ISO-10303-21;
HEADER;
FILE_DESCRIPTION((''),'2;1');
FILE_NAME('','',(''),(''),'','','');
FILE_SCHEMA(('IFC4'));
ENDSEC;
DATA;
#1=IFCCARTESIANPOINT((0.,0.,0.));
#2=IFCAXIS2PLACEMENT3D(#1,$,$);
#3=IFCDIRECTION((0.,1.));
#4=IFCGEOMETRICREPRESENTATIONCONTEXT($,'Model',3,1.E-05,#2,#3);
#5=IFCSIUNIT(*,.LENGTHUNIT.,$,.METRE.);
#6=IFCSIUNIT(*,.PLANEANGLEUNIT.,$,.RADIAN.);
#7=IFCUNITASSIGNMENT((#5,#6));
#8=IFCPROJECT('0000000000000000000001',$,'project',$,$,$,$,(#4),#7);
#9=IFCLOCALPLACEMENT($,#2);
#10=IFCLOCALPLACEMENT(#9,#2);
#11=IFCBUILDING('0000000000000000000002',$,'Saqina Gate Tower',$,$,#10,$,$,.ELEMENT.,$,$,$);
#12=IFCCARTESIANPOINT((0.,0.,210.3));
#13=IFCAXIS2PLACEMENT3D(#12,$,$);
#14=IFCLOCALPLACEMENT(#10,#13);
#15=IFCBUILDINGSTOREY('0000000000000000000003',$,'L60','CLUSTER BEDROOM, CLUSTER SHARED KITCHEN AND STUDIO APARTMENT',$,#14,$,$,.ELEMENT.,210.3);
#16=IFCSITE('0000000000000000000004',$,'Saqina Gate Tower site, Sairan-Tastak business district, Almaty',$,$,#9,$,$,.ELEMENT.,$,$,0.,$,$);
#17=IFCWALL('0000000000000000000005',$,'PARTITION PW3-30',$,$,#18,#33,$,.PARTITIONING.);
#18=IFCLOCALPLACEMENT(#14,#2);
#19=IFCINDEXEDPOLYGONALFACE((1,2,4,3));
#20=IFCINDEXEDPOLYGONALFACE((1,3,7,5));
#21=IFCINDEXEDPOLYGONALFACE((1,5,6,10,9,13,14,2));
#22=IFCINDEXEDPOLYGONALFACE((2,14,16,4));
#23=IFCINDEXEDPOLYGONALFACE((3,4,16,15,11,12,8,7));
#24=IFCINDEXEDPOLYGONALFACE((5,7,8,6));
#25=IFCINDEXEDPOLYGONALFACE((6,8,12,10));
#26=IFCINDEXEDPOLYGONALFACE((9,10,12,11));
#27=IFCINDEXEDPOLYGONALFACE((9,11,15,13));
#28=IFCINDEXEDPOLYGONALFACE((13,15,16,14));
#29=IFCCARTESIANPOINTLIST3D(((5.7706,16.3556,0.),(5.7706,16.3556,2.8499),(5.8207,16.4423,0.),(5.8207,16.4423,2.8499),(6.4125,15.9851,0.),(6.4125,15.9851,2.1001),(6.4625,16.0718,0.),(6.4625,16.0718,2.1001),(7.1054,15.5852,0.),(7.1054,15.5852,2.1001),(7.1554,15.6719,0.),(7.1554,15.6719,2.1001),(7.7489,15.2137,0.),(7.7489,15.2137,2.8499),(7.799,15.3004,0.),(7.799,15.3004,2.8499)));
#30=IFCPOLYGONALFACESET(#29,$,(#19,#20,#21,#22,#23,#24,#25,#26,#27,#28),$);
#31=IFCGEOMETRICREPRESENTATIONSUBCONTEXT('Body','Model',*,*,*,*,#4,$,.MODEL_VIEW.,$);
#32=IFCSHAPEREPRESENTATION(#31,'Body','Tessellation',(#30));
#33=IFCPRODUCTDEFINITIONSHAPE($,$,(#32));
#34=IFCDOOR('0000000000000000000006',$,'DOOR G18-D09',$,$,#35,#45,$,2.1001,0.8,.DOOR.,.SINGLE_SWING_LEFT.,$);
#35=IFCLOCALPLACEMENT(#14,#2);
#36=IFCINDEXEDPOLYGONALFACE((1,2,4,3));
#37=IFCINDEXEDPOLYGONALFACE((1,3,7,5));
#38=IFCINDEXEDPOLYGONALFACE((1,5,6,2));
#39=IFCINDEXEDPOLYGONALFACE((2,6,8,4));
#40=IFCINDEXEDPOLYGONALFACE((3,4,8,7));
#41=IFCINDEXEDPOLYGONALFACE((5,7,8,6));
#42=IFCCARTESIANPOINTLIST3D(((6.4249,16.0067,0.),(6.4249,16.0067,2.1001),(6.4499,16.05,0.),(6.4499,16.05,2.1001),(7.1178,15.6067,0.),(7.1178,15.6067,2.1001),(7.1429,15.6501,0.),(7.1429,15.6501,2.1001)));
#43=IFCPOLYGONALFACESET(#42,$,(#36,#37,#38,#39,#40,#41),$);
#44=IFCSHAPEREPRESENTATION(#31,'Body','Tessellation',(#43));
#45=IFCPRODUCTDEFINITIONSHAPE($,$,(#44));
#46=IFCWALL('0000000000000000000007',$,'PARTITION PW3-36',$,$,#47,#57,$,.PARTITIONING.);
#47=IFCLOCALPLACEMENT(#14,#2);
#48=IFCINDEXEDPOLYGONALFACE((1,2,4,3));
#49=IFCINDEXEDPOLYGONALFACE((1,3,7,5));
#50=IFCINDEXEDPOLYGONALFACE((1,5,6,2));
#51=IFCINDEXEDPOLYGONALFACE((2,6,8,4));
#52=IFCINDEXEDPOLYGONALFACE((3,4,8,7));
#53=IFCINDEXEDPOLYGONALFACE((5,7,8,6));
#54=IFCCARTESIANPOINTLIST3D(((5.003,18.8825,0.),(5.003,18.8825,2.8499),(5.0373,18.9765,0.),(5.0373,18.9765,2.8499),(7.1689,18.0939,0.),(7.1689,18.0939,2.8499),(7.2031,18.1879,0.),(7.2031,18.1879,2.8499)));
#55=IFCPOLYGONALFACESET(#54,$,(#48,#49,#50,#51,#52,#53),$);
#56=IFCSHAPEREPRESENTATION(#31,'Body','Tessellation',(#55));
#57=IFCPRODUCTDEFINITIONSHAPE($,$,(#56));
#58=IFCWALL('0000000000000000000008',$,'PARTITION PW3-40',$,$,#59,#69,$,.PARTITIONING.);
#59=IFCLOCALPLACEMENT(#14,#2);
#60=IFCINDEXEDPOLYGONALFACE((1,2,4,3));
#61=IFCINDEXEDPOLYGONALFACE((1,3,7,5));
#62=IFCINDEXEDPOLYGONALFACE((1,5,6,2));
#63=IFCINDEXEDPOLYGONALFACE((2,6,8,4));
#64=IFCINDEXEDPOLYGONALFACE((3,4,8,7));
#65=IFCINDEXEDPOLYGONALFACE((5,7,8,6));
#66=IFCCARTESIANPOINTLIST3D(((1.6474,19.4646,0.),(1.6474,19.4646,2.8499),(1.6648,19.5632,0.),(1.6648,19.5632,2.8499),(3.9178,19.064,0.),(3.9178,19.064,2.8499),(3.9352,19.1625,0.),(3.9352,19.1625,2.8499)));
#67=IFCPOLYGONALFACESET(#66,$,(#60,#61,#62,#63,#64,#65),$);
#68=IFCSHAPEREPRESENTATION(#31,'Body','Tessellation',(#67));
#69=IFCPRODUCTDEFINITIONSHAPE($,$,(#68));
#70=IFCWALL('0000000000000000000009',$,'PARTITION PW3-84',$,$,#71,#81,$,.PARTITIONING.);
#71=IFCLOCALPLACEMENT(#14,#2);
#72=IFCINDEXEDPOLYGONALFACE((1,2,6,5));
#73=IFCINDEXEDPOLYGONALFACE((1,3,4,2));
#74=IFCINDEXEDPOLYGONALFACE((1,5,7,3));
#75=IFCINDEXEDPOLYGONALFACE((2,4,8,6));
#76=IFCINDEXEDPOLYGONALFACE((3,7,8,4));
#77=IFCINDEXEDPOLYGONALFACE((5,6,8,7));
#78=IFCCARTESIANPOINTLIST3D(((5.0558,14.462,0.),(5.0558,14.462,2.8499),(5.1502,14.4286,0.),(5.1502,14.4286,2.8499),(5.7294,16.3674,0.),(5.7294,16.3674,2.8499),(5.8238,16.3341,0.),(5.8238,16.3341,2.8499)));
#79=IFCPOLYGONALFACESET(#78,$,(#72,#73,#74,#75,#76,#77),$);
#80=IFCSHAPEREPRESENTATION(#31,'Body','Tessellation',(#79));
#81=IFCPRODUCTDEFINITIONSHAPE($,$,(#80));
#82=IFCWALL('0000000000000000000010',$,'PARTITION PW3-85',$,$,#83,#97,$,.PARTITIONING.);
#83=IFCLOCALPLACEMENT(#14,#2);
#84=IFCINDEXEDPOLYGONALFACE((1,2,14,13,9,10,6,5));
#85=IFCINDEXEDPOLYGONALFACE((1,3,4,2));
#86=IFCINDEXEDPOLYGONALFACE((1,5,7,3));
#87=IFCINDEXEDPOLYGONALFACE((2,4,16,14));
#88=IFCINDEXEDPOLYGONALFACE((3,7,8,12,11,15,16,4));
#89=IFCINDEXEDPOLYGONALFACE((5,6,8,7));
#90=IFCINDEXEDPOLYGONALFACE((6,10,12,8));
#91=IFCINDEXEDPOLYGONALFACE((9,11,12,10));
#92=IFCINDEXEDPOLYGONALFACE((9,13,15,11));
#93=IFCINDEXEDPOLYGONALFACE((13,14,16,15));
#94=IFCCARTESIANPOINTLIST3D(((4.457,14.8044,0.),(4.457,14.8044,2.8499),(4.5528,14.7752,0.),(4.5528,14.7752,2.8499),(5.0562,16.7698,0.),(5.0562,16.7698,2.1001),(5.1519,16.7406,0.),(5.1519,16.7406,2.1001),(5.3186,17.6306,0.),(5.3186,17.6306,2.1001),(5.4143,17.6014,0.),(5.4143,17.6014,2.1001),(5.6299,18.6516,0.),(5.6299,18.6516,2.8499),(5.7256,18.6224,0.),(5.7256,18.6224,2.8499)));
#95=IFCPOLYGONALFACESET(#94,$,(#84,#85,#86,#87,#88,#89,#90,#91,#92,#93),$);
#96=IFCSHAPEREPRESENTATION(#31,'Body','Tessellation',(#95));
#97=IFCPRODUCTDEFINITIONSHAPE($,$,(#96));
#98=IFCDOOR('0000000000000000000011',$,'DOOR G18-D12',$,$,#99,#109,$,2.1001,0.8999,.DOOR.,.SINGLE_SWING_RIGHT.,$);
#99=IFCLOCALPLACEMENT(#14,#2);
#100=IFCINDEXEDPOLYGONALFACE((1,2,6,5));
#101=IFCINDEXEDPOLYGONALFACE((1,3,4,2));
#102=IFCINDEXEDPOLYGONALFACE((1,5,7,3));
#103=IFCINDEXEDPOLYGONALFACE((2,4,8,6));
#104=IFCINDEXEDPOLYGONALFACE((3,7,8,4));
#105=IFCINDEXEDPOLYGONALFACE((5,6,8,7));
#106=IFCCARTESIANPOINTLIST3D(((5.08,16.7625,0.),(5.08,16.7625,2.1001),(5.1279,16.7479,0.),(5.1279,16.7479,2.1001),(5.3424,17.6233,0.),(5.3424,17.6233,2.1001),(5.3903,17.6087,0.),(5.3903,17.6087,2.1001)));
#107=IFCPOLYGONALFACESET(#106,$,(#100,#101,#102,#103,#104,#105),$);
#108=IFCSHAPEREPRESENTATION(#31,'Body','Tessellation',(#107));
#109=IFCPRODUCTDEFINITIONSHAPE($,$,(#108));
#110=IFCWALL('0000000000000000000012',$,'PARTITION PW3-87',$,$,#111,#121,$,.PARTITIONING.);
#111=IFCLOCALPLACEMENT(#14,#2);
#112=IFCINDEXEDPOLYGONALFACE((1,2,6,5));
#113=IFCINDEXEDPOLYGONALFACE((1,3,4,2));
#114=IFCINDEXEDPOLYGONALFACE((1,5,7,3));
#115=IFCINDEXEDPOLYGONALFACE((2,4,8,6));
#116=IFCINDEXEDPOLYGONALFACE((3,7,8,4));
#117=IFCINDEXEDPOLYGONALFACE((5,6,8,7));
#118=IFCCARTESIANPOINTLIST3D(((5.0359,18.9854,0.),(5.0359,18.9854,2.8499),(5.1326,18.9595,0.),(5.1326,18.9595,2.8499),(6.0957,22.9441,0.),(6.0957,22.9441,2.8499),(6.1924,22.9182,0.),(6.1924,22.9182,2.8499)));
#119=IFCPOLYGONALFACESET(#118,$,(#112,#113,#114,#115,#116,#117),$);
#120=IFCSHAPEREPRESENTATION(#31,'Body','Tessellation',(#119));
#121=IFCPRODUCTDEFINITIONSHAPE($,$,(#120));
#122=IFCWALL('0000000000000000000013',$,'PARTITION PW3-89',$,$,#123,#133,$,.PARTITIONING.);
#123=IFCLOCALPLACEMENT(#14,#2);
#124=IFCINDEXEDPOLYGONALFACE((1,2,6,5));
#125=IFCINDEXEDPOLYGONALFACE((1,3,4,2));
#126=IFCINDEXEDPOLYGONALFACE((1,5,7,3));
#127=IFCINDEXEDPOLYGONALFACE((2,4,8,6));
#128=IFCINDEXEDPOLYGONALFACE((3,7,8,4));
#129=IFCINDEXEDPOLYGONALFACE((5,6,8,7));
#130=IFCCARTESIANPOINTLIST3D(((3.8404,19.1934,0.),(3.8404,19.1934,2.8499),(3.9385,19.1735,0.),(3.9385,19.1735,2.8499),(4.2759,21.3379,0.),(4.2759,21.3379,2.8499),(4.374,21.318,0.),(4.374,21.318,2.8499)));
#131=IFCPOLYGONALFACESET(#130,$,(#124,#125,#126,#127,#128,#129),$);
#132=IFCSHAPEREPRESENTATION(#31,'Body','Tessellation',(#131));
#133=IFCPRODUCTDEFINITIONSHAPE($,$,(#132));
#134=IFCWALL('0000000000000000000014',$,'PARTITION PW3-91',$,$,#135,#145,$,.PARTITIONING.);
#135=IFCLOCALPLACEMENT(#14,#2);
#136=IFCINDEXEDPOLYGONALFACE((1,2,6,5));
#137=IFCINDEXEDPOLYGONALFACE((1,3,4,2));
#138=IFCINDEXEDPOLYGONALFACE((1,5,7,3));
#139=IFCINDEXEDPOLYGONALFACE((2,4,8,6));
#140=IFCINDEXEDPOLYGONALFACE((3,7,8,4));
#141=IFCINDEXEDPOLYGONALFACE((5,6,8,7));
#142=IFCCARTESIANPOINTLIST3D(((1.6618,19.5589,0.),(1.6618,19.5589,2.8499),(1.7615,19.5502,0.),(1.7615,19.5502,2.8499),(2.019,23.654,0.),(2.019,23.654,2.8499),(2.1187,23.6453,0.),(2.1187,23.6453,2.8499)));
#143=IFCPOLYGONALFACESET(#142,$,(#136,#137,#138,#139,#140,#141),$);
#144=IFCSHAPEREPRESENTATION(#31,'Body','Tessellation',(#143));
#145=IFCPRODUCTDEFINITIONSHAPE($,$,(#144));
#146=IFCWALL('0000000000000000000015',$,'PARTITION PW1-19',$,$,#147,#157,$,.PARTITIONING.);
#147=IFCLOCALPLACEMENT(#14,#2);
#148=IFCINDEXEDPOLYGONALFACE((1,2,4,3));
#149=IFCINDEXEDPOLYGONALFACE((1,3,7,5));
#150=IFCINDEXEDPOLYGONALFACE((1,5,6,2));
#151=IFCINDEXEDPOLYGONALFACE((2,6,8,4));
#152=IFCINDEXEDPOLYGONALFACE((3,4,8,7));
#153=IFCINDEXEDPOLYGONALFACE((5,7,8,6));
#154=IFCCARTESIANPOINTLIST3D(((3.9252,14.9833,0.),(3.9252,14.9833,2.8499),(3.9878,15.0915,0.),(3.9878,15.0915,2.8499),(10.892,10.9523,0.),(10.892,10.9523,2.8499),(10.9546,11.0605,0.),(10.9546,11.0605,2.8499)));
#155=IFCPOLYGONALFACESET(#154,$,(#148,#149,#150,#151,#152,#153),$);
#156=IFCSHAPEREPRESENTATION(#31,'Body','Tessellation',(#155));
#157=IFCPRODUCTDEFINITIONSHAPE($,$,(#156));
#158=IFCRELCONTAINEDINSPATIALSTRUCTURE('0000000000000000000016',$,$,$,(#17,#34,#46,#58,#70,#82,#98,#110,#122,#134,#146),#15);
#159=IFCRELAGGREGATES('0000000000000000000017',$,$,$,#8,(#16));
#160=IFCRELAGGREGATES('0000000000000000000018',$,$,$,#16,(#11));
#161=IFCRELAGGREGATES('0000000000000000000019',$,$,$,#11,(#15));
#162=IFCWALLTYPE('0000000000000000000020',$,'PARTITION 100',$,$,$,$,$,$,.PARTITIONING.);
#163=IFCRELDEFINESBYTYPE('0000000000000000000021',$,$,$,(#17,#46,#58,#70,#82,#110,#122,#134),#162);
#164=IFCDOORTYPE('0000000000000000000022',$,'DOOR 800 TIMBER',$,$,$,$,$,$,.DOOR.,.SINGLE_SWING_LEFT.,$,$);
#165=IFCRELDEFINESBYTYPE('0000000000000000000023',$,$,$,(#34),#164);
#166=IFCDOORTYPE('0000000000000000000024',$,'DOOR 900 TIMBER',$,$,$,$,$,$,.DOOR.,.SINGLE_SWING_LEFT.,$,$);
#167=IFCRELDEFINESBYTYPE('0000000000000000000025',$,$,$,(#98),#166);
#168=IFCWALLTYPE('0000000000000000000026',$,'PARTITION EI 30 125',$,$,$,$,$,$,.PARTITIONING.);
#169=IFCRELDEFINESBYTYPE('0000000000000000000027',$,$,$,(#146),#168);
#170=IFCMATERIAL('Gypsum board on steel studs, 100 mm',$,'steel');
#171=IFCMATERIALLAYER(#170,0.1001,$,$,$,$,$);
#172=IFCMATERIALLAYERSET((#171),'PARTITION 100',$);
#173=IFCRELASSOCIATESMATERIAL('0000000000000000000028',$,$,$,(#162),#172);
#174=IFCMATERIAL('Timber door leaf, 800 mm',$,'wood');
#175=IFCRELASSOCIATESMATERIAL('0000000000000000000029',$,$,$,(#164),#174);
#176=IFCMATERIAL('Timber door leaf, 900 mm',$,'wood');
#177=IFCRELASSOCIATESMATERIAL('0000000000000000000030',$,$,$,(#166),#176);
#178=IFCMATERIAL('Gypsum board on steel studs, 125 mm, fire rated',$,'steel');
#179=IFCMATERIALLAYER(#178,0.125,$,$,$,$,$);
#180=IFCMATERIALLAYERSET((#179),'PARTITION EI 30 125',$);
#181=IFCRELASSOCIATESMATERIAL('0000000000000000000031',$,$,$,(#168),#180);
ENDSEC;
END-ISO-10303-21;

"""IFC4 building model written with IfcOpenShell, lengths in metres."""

from ifc_helpers import new_model, si_unit, direction, frame, frame_2d, origin, place, context, subcontext, project, spatial, rectangle, extrude, material, layer, layer_set, type_object, element, fill, save


model = new_model("IFC4")

# Units and contexts
model_context = context("Model", 3, precision=1e-05, world=origin(), true_north=direction((0.0, 1.0)))
body_context = subcontext(model_context, "Body", "Model", "MODEL_VIEW")
ifc_project = project(units=[si_unit("LENGTHUNIT", "METRE"), si_unit("PLANEANGLEUNIT", "RADIAN")], contexts=[model_context])

# Site, building, storey
site_placement = place(None, origin())
site = spatial("IfcSite", under=ifc_project, at=site_placement, Name="Saqina Gate Tower site, Sairan-Tastak business district, Almaty", CompositionType="ELEMENT", RefElevation=0.0)
building_placement = place(site_placement, origin())
building = spatial("IfcBuilding", under=site, at=building_placement, Name="Saqina Gate Tower", CompositionType="ELEMENT")
storey_placement = place(building_placement, frame((0.0, 0.0, 210.3)))
storey = spatial("IfcBuildingStorey", under=building, at=storey_placement, Name="L60", Description="CLUSTER BEDROOM, CLUSTER SHARED KITCHEN AND STUDIO APARTMENT", CompositionType="ELEMENT", Elevation=210.3)

# Wall, opening, door
ifc_material_1 = material(Name="Gypsum board on steel studs, 100 mm", Category="steel")
ifc_layer_1 = layer(ifc_material_1, 0.1001)
ifc_layer_set_1 = layer_set([ifc_layer_1], Name="PARTITION 100")
wall_type_1 = type_object("IfcWallType", Name="PARTITION 100", PredefinedType="PARTITIONING", material=ifc_layer_set_1)
wall_1_placement = place(storey_placement, frame((5.7957, 16.3989, 0.0), z_axis=(0.0, 0.0, 1.0), x_axis=(0.866084, -0.499898, 0.0)))
wall_1 = element("IfcWall", 1, at=wall_1_placement, inside=storey, type_object=wall_type_1, Name="PARTITION PW3-30", PredefinedType="PARTITIONING", context=body_context, shape_type="SweptSolid", body=[
    extrude(rectangle(XDim=2.2842, YDim=0.1001, at=frame_2d((1.1421, 0.0))), origin(), (0.0, 0.0, 1.0), 2.8499),
])
opening_1_placement = place(wall_1_placement, frame((0.7412, 0.0, 0.0)))
opening_1 = element("IfcOpeningElement", 2, at=opening_1_placement, cuts=wall_1, PredefinedType="OPENING", context=body_context, shape_type="SweptSolid", body=[
    extrude(rectangle(XDim=0.8, YDim=2.1001, at=frame_2d((0.3999, 1.05))), frame((0.0, 0.062, 0.0), z_axis=(0.0, -1.0, 0.0), x_axis=(1.0, 0.0, 0.0)), (0.0, 0.0, 1.0), 0.124),
])
ifc_material_2 = material(Name="Timber door leaf, 800 mm", Category="wood")
door_type_1 = type_object("IfcDoorType", Name="DOOR 800 TIMBER", OperationType="SINGLE_SWING_LEFT", PredefinedType="DOOR", material=ifc_material_2)
door_1_placement = place(opening_1_placement, origin())
door_1 = element("IfcDoor", 3, at=door_1_placement, inside=storey, type_object=door_type_1, Name="DOOR G18-D09", OperationType="SINGLE_SWING_LEFT", OverallHeight=2.1001, OverallWidth=0.8, PredefinedType="DOOR", context=body_context, shape_type="SweptSolid", body=[
    extrude(rectangle(XDim=0.8, YDim=2.1001, at=frame_2d((0.3999, 1.05))), frame((0.0, 0.0249, 0.0), z_axis=(0.0, -1.0, 0.0), x_axis=(1.0, 0.0, 0.0)), (0.0, 0.0, 1.0), 0.05),
])
fill(opening_1, door_1)

# Walls
wall_2_placement = place(storey_placement, frame((5.0203, 18.9294, 0.0), z_axis=(0.0, 0.0, 1.0), x_axis=(0.939651, -0.342134, 0.0)))
element("IfcWall", 4, at=wall_2_placement, inside=storey, type_object=wall_type_1, Name="PARTITION PW3-36", PredefinedType="PARTITIONING", context=body_context, shape_type="SweptSolid", body=[
    extrude(rectangle(XDim=2.3049, YDim=0.1001, at=frame_2d((1.1523, 0.0))), origin(), (0.0, 0.0, 1.0), 2.8499),
])
wall_3_placement = place(storey_placement, frame((1.656, 19.5139, 0.0), z_axis=(0.0, 0.0, 1.0), x_axis=(0.984784, -0.173785, 0.0)))
element("IfcWall", 5, at=wall_3_placement, inside=storey, type_object=wall_type_1, Name="PARTITION PW3-40", PredefinedType="PARTITIONING", context=body_context, shape_type="SweptSolid", body=[
    extrude(rectangle(XDim=2.3054, YDim=0.1001, at=frame_2d((1.1528, 0.0))), origin(), (0.0, 0.0, 1.0), 2.8499),
])
wall_4_placement = place(storey_placement, frame((5.103, 14.4453, 0.0), z_axis=(0.0, 0.0, 1.0), x_axis=(0.333281, 0.942827, 0.0)))
element("IfcWall", 6, at=wall_4_placement, inside=storey, type_object=wall_type_1, Name="PARTITION PW3-84", PredefinedType="PARTITIONING", context=body_context, shape_type="SweptSolid", body=[
    extrude(rectangle(XDim=2.021, YDim=0.1001, at=frame_2d((1.0105, 0.0))), origin(), (0.0, 0.0, 1.0), 2.8499),
])

# Wall, opening, door
wall_5_placement = place(storey_placement, frame((4.5049, 14.7898, 0.0), z_axis=(0.0, 0.0, 1.0), x_axis=(0.291611, 0.956537, 0.0)))
wall_5 = element("IfcWall", 7, at=wall_5_placement, inside=storey, type_object=wall_type_1, Name="PARTITION PW3-85", PredefinedType="PARTITIONING", context=body_context, shape_type="SweptSolid", body=[
    extrude(rectangle(XDim=4.022, YDim=0.1001, at=frame_2d((2.011, 0.0))), origin(), (0.0, 0.0, 1.0), 2.8499),
])
opening_2_placement = place(wall_5_placement, frame((2.0547, 0.0, 0.0)))
opening_2 = element("IfcOpeningElement", 8, at=opening_2_placement, cuts=wall_5, PredefinedType="OPENING", context=body_context, shape_type="SweptSolid", body=[
    extrude(rectangle(XDim=0.8999, YDim=2.1001, at=frame_2d((0.45, 1.05))), frame((0.0, 0.062, 0.0), z_axis=(0.0, -1.0, 0.0), x_axis=(1.0, 0.0, 0.0)), (0.0, 0.0, 1.0), 0.124),
])
ifc_material_3 = material(Name="Timber door leaf, 900 mm", Category="wood")
door_type_2 = type_object("IfcDoorType", Name="DOOR 900 TIMBER", OperationType="SINGLE_SWING_LEFT", PredefinedType="DOOR", material=ifc_material_3)
door_2_placement = place(opening_2_placement, frame((0.8999, 0.0, 0.0), z_axis=(0.0, 0.0, 1.0), x_axis=(-1.0, 0.0, 0.0)))
door_2 = element("IfcDoor", 9, at=door_2_placement, inside=storey, type_object=door_type_2, Name="DOOR G18-D12", OperationType="SINGLE_SWING_RIGHT", OverallHeight=2.1001, OverallWidth=0.8999, PredefinedType="DOOR", context=body_context, shape_type="SweptSolid", body=[
    extrude(rectangle(XDim=0.8999, YDim=2.1001, at=frame_2d((0.45, 1.05))), frame((0.0, 0.0249, 0.0), z_axis=(0.0, -1.0, 0.0), x_axis=(1.0, 0.0, 0.0)), (0.0, 0.0, 1.0), 0.05),
])
fill(opening_2, door_2)

# Walls
wall_6_placement = place(storey_placement, frame((5.0842, 18.9724, 0.0), z_axis=(0.0, 0.0, 1.0), x_axis=(0.258608, 0.965982, 0.0)))
element("IfcWall", 10, at=wall_6_placement, inside=storey, type_object=wall_type_1, Name="PARTITION PW3-87", PredefinedType="PARTITIONING", context=body_context, shape_type="SweptSolid", body=[
    extrude(rectangle(XDim=4.0981, YDim=0.1001, at=frame_2d((2.0491, 0.0))), origin(), (0.0, 0.0, 1.0), 2.8499),
])
wall_7_placement = place(storey_placement, frame((3.8894, 19.1833, 0.0), z_axis=(0.0, 0.0, 1.0), x_axis=(0.199033, 0.979993, 0.0)))
element("IfcWall", 11, at=wall_7_placement, inside=storey, type_object=wall_type_1, Name="PARTITION PW3-89", PredefinedType="PARTITIONING", context=body_context, shape_type="SweptSolid", body=[
    extrude(rectangle(XDim=2.1882, YDim=0.1001, at=frame_2d((1.0942, 0.0))), origin(), (0.0, 0.0, 1.0), 2.8499),
])
wall_8_placement = place(storey_placement, frame((1.7117, 19.5547, 0.0), z_axis=(0.0, 0.0, 1.0), x_axis=(0.086894, 0.996218, 0.0)))
element("IfcWall", 12, at=wall_8_placement, inside=storey, type_object=wall_type_1, Name="PARTITION PW3-91", PredefinedType="PARTITIONING", context=body_context, shape_type="SweptSolid", body=[
    extrude(rectangle(XDim=4.1106, YDim=0.1001, at=frame_2d((2.0552, 0.0))), origin(), (0.0, 0.0, 1.0), 2.8499),
])
ifc_material_4 = material(Name="Gypsum board on steel studs, 125 mm, fire rated", Category="steel")
ifc_layer_2 = layer(ifc_material_4, 0.125)
ifc_layer_set_2 = layer_set([ifc_layer_2], Name="PARTITION EI 30 125")
wall_type_2 = type_object("IfcWallType", Name="PARTITION EI 30 125", PredefinedType="PARTITIONING", material=ifc_layer_set_2)
wall_9_placement = place(storey_placement, frame((3.9565, 15.0374, 0.0), z_axis=(0.0, 0.0, 1.0), x_axis=(0.865556, -0.500813, 0.0)))
element("IfcWall", 13, at=wall_9_placement, inside=storey, type_object=wall_type_2, Name="PARTITION PW1-19", PredefinedType="PARTITIONING", context=body_context, shape_type="SweptSolid", body=[
    extrude(rectangle(XDim=8.0488, YDim=0.125, at=frame_2d((4.0244, 0.0))), origin(), (0.0, 0.0, 1.0), 2.8499),
])

save(model, "model.ifc")
